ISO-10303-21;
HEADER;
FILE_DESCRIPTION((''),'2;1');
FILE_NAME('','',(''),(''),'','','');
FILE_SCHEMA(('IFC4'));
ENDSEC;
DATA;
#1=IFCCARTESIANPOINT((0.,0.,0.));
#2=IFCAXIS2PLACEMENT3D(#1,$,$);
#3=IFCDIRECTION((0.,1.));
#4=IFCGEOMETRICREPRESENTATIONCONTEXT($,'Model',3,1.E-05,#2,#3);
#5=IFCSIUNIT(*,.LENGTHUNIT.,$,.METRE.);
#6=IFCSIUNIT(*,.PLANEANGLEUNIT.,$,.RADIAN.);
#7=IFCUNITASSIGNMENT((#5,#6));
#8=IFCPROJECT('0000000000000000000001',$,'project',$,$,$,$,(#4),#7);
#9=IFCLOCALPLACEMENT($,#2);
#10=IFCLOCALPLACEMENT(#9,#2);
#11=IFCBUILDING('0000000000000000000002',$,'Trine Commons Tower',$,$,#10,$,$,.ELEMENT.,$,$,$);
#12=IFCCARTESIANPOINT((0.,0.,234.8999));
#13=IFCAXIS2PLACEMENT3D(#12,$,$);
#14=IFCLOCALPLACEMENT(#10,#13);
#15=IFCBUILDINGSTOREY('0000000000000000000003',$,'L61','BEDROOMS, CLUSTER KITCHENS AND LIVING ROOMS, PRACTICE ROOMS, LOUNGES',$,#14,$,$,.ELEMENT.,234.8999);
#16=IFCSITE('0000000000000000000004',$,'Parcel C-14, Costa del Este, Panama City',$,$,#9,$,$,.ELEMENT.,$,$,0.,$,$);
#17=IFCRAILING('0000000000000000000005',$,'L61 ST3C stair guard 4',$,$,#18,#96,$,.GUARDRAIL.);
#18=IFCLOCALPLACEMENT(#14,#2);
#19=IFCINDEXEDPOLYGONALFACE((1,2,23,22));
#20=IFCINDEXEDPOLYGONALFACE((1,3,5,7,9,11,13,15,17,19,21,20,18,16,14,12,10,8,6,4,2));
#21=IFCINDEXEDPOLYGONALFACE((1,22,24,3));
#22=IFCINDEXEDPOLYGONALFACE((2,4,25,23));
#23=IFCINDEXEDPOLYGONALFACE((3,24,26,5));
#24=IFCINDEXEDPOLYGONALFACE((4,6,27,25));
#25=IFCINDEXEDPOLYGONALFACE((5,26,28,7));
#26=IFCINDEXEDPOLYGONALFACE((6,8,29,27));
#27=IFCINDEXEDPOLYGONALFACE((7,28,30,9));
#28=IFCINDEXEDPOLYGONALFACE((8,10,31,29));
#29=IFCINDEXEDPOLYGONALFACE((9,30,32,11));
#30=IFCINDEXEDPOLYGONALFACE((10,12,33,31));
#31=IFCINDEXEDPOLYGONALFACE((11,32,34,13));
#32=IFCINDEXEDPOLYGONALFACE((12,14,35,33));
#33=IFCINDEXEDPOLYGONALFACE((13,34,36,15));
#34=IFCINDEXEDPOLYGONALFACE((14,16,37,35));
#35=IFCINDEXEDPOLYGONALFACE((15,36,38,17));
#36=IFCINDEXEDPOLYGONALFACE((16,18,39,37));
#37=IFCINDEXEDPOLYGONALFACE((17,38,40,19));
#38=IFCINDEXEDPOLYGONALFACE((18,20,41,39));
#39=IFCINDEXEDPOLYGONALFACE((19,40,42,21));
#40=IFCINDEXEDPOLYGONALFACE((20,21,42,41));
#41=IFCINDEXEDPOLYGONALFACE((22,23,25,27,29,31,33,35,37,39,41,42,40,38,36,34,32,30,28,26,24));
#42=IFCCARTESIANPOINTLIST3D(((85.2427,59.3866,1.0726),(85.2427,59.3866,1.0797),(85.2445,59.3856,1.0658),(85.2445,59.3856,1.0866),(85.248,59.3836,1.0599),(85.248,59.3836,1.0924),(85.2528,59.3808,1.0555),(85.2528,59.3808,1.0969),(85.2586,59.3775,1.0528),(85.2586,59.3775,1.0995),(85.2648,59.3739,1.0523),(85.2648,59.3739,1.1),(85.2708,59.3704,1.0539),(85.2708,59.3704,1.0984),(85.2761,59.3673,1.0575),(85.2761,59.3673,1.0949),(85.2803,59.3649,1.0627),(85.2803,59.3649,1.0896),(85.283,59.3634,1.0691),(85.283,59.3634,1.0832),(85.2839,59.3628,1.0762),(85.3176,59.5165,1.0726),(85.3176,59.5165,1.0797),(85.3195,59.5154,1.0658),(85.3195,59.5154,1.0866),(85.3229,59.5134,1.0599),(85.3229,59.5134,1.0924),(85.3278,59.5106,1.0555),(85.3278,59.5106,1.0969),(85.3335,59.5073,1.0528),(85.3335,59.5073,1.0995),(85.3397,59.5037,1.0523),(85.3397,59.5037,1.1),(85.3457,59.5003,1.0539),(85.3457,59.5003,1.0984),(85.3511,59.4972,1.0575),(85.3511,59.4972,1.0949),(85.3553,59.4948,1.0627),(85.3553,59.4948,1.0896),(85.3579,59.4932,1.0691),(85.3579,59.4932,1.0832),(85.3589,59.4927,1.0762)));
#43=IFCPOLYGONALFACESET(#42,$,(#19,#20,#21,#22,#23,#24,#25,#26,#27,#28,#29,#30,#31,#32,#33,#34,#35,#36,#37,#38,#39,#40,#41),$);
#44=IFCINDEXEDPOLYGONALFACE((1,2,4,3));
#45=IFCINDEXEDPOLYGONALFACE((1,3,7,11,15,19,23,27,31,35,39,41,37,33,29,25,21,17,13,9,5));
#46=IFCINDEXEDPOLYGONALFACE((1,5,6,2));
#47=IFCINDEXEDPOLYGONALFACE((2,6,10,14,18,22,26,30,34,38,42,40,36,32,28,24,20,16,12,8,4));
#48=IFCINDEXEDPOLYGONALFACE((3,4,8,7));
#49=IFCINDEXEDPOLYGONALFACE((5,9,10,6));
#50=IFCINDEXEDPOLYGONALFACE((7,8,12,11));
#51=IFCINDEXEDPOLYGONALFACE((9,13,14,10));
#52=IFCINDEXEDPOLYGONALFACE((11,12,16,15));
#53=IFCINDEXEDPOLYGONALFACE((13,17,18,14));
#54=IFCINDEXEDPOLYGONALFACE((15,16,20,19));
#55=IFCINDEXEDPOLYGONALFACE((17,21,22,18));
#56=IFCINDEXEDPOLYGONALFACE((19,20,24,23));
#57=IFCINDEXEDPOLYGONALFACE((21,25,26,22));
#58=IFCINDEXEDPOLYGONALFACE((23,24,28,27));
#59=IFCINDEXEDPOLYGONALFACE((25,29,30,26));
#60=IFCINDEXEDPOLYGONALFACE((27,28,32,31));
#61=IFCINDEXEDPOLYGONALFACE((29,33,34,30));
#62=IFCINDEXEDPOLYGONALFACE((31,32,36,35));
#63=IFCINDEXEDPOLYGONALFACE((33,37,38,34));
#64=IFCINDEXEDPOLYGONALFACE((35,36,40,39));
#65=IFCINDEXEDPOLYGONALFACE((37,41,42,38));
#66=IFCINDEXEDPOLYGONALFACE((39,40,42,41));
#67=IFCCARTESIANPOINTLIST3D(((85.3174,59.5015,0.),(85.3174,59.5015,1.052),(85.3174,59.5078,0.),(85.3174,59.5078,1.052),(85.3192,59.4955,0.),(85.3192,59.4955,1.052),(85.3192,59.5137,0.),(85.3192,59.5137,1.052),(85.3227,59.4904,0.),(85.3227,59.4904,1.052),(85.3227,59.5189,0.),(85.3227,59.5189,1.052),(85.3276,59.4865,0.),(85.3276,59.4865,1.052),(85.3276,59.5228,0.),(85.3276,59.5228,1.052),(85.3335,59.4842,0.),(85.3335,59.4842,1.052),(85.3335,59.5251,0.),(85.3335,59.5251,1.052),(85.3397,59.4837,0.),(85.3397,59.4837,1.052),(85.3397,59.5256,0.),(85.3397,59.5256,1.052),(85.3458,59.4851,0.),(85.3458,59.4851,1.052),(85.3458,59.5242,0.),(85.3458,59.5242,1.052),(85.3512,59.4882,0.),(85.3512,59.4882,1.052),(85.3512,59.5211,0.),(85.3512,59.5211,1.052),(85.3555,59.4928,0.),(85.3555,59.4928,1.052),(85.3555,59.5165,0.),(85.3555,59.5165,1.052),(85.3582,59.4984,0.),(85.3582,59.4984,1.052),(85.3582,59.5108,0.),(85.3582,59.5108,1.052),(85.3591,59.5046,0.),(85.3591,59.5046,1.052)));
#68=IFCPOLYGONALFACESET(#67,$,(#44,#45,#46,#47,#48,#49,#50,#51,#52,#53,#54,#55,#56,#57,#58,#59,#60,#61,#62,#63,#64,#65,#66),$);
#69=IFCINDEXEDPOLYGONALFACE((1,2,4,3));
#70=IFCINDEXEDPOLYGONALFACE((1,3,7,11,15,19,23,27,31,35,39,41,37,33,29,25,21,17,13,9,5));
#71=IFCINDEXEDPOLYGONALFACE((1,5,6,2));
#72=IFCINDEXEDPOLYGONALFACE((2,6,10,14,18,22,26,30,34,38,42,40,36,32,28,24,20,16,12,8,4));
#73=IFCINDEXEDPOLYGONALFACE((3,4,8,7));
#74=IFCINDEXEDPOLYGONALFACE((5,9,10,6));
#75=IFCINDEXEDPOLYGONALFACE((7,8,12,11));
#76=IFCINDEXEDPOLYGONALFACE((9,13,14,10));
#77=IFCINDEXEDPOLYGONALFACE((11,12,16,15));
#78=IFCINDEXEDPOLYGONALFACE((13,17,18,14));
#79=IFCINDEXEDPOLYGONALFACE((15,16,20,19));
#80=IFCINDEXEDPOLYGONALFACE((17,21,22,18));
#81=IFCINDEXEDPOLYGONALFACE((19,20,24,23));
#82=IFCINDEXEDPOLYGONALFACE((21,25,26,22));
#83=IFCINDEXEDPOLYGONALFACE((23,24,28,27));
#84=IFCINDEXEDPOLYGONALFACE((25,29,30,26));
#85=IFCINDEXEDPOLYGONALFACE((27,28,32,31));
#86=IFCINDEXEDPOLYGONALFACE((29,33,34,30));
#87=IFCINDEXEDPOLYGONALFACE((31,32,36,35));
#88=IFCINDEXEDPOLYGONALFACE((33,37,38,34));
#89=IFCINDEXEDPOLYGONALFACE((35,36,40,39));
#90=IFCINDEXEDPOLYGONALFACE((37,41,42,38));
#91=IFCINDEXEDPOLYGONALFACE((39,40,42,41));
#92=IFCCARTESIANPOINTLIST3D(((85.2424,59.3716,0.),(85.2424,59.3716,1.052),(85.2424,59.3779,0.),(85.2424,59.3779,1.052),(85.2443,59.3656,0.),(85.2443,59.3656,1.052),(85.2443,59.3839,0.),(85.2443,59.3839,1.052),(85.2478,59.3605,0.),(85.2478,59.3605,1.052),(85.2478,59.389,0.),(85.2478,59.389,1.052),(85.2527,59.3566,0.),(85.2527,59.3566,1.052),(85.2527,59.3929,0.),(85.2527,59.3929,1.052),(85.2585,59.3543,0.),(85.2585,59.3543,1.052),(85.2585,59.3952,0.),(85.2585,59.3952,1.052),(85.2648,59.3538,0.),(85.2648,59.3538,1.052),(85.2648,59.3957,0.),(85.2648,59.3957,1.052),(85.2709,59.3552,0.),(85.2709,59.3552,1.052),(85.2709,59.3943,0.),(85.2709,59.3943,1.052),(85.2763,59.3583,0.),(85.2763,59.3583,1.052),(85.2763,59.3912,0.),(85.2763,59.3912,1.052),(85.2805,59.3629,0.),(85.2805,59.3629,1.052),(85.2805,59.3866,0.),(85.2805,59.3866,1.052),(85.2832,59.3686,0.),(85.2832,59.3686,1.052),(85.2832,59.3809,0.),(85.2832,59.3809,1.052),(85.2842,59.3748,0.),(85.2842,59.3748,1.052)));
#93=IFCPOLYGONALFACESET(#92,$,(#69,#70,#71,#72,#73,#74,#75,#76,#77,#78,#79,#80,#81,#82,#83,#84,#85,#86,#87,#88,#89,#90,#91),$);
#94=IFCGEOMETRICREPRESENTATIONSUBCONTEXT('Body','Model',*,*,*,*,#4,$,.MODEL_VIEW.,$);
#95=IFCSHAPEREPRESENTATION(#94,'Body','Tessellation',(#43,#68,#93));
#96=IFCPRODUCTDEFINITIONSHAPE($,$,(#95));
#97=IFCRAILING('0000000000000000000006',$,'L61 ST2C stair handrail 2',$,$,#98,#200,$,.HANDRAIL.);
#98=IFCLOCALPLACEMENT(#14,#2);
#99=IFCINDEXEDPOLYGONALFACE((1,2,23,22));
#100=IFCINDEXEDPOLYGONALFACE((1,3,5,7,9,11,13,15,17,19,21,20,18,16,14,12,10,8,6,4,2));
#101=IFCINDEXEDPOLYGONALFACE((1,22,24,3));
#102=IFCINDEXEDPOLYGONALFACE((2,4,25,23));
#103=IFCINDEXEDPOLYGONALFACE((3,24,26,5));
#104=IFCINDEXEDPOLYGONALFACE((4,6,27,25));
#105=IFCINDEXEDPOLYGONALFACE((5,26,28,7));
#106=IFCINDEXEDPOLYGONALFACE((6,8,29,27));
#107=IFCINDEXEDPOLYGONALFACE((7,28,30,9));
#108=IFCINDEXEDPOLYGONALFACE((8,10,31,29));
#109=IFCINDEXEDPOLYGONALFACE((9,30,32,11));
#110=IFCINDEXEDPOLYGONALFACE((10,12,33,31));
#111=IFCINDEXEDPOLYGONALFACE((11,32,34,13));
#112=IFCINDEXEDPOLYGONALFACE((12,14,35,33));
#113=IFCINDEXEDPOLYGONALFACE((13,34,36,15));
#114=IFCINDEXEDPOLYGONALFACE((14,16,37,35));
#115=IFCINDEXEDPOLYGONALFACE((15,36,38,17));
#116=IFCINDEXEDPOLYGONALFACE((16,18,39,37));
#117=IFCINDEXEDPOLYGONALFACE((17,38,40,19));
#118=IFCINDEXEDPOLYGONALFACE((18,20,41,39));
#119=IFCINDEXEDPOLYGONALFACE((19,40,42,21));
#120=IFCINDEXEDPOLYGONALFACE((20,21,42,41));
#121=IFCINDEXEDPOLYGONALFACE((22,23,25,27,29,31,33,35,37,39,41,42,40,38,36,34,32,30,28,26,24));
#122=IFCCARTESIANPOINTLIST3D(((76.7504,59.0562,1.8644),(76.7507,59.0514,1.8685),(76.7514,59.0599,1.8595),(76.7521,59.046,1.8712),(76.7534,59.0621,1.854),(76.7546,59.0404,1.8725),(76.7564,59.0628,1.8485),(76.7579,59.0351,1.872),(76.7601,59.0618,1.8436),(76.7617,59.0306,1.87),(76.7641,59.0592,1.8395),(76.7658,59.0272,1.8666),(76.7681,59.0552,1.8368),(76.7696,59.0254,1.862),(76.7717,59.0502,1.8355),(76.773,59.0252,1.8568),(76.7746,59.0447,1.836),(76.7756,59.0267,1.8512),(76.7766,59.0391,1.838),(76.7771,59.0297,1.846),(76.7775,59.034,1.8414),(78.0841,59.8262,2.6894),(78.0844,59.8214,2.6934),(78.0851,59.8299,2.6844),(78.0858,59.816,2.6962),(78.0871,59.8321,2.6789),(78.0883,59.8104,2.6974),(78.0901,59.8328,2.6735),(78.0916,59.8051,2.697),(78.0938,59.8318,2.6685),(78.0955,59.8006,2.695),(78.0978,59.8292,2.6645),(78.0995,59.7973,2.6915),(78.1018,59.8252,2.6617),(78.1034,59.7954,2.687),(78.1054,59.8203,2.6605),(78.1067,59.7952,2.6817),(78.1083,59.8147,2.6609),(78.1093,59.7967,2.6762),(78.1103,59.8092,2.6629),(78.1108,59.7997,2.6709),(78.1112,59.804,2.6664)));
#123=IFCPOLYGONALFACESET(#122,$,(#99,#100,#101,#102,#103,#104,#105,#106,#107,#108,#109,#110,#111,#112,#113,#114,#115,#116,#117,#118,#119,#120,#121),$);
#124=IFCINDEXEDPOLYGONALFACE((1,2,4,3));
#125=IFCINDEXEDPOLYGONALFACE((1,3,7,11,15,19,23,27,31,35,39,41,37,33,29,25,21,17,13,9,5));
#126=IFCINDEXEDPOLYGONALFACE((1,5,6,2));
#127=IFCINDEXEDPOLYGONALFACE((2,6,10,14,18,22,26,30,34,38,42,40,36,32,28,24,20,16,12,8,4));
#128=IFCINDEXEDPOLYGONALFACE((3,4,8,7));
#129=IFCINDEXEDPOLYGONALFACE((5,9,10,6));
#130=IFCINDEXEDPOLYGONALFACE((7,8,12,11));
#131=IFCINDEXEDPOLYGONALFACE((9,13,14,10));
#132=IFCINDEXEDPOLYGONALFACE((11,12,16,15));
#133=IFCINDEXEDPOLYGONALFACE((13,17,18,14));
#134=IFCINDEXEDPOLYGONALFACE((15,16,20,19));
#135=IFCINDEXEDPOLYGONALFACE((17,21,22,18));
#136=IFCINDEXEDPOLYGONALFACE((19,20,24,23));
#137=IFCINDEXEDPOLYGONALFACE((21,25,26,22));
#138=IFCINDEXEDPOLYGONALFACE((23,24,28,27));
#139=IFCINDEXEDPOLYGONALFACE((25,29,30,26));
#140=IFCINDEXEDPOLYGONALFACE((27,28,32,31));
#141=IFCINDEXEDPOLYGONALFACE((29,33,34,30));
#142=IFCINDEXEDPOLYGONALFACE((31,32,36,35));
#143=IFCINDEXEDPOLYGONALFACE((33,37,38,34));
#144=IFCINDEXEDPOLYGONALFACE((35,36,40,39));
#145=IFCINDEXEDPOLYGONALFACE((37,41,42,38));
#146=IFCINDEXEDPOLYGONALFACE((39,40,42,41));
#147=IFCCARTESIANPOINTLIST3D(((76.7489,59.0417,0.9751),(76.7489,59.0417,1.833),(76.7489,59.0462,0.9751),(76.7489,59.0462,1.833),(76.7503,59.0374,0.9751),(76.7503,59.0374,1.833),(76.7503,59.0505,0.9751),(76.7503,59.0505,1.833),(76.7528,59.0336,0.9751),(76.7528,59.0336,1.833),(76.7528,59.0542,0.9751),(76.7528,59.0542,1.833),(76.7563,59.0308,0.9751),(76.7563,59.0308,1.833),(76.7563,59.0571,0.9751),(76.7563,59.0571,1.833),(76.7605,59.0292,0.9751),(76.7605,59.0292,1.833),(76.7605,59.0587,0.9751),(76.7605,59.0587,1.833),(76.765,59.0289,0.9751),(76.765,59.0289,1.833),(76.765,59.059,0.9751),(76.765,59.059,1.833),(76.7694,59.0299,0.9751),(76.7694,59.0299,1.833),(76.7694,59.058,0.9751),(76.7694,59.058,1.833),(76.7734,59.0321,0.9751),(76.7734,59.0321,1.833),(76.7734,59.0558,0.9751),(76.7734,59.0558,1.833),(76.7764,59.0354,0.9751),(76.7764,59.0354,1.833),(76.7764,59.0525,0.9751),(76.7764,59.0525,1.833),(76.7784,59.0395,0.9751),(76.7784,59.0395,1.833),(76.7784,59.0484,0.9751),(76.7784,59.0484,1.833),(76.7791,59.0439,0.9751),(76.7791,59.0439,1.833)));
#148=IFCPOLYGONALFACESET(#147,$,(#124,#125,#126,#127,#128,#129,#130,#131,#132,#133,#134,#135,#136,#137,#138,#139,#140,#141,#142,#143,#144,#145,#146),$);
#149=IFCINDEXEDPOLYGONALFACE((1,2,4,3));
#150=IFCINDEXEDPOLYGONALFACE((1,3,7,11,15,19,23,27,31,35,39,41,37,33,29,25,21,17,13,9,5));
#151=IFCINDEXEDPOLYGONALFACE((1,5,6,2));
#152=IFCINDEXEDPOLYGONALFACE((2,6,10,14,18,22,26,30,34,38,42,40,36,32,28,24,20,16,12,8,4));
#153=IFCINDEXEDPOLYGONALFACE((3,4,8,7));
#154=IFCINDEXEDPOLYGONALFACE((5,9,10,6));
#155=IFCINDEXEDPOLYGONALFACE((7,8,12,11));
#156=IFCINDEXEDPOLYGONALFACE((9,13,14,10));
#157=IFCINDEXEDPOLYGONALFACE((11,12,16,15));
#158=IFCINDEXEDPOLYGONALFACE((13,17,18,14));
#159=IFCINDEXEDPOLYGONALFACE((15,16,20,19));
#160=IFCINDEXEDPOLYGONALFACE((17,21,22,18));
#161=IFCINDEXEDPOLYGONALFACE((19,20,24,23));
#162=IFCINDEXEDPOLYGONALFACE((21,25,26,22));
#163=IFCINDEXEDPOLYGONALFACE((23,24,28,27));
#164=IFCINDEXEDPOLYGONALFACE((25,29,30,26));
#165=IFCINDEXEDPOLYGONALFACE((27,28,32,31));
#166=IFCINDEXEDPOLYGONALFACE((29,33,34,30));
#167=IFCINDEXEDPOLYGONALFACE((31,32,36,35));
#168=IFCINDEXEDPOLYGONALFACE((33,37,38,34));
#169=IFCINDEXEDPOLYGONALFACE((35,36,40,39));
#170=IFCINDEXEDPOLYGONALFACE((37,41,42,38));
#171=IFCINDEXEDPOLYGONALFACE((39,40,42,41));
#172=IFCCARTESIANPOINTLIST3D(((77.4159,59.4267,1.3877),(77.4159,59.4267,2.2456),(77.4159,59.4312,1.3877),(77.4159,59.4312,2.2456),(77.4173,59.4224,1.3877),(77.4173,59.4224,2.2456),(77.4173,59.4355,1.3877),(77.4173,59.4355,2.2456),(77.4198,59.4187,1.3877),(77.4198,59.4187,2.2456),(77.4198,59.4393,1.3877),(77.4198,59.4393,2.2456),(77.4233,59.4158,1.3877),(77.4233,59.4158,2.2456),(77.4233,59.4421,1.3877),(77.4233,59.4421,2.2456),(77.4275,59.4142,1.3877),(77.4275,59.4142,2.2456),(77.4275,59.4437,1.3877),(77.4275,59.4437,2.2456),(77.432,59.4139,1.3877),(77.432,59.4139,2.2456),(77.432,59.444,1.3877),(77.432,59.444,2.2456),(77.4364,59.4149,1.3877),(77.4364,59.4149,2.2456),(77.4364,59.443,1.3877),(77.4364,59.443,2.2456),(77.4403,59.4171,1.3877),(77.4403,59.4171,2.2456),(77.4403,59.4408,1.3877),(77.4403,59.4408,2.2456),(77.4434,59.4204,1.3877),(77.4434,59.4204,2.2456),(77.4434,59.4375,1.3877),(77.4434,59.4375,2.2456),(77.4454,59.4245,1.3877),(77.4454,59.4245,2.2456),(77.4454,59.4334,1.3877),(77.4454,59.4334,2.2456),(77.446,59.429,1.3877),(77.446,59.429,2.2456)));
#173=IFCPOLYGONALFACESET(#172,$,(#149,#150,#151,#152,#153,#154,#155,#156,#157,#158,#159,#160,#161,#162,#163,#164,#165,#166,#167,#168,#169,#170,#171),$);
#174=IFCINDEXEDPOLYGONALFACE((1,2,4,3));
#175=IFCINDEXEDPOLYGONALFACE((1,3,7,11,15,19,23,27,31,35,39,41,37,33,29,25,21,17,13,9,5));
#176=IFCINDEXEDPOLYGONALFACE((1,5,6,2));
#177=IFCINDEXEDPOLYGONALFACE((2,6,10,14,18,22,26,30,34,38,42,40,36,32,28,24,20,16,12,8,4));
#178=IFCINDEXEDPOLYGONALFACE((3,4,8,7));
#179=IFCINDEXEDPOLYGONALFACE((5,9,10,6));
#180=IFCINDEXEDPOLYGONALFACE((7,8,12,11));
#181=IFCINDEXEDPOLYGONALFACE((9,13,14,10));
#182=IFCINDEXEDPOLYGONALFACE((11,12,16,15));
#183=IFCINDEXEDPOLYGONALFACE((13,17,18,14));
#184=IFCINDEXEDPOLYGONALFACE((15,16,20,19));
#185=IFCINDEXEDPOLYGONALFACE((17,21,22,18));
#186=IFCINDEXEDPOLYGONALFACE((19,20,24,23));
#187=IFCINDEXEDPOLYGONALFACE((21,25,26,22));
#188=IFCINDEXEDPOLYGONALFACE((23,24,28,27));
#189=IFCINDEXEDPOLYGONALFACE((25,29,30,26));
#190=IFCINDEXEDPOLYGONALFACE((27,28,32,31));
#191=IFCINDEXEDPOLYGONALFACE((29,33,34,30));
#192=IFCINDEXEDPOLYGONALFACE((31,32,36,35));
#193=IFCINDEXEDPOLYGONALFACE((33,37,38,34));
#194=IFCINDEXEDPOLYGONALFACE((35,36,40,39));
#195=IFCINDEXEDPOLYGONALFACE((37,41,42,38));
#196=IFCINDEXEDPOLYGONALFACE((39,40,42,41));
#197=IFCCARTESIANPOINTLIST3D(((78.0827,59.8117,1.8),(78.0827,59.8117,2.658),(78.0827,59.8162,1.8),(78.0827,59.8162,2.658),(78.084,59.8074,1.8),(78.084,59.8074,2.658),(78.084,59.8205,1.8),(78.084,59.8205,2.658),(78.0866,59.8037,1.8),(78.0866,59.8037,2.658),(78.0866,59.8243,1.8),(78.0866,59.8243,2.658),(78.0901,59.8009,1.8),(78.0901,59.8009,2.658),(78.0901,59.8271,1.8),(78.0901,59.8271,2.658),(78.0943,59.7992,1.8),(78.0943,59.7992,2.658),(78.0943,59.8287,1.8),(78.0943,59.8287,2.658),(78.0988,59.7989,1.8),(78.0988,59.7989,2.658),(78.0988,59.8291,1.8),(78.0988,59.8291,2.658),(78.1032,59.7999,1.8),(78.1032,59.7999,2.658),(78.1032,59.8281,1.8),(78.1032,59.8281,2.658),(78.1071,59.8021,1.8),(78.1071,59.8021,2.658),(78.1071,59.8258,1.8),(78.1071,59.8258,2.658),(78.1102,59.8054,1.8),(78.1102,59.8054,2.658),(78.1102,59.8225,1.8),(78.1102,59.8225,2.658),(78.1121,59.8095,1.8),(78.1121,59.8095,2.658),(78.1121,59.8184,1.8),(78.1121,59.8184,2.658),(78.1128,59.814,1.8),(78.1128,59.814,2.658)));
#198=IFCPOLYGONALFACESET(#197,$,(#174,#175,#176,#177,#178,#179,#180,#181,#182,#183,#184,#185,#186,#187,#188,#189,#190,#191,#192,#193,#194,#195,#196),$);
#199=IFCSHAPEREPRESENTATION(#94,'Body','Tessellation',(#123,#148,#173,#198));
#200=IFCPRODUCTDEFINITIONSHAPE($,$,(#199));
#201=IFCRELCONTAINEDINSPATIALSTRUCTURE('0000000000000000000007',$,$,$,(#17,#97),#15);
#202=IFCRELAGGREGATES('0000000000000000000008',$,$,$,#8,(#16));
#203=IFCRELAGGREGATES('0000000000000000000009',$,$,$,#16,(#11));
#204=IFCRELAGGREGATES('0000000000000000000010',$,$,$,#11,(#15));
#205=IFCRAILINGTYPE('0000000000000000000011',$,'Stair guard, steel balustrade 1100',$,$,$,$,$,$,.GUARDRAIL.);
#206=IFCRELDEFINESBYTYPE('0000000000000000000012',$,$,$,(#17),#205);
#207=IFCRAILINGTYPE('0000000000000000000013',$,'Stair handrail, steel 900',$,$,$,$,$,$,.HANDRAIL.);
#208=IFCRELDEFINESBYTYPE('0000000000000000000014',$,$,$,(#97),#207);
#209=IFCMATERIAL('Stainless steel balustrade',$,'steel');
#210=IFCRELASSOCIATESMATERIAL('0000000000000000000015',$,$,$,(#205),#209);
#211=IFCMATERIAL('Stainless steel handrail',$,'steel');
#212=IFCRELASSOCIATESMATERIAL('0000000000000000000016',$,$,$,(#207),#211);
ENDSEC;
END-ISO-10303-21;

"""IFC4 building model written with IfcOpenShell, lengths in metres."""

from ifc_helpers import new_model, si_unit, direction, frame, origin, origin_2d, place, context, subcontext, project, spatial, circle, extrude, material, type_object, element, save


model = new_model("IFC4")

# Units and contexts
model_context = context("Model", 3, precision=1e-05, world=origin(), true_north=direction((0.0, 1.0)))
body_context = subcontext(model_context, "Body", "Model", "MODEL_VIEW")
ifc_project = project(units=[si_unit("LENGTHUNIT", "METRE"), si_unit("PLANEANGLEUNIT", "RADIAN")], contexts=[model_context])

# Site, building, storey
site_placement = place(None, origin())
site = spatial("IfcSite", under=ifc_project, at=site_placement, Name="Parcel C-14, Costa del Este, Panama City", CompositionType="ELEMENT", RefElevation=0.0)
building_placement = place(site_placement, origin())
building = spatial("IfcBuilding", under=site, at=building_placement, Name="Trine Commons Tower", CompositionType="ELEMENT")
storey_placement = place(building_placement, frame((0.0, 0.0, 234.8999)))
storey = spatial("IfcBuildingStorey", under=building, at=storey_placement, Name="L61", Description="BEDROOMS, CLUSTER KITCHENS AND LIVING ROOMS, PRACTICE ROOMS, LOUNGES", CompositionType="ELEMENT", Elevation=234.8999)

# Railings
ifc_material_1 = material(Name="Stainless steel balustrade", Category="steel")
railing_type_1 = type_object("IfcRailingType", Name="Stair guard, steel balustrade 1100", PredefinedType="GUARDRAIL", material=ifc_material_1)
railing_1_placement = place(storey_placement, frame((85.3381, 59.5046, 0.0)))
element("IfcRailing", 1, at=railing_1_placement, inside=storey, type_object=railing_type_1, Name="L61 ST3C stair guard 4", PredefinedType="GUARDRAIL", context=body_context, shape_type="SweptSolid", body=[
    extrude(circle(Radius=0.0239, at=origin_2d()), frame((0.0, 0.0, 1.0762), z_axis=(-0.499816, -0.866131, 0.0), x_axis=(0.866131, -0.499816, 0.0)), (0.0, 0.0, 1.0), 0.1499),
    extrude(circle(Radius=0.021, at=origin_2d()), origin(), (0.0, 0.0, 1.0), 1.052),
    extrude(circle(Radius=0.021, at=origin_2d()), frame((-0.075, -0.1299, 0.0)), (0.0, 0.0, 1.0), 1.052),
])
ifc_material_2 = material(Name="Stainless steel handrail", Category="steel")
railing_type_2 = type_object("IfcRailingType", Name="Stair handrail, steel 900", PredefinedType="HANDRAIL", material=ifc_material_2)
railing_2_placement = place(storey_placement, frame((76.7639, 59.0439, 0.9751)))
element("IfcRailing", 2, at=railing_2_placement, inside=storey, type_object=railing_type_2, Name="L61 ST2C stair handrail 2", PredefinedType="HANDRAIL", context=body_context, shape_type="SweptSolid", body=[
    extrude(circle(Radius=0.021, at=origin_2d()), frame((0.0, 0.0, 0.8789), z_axis=(0.763405, 0.440743, 0.472185), x_axis=(-0.499992, 0.86603, 0.0)), (0.0, 0.0, 1.0), 1.7471),
    extrude(circle(Radius=0.0151, at=origin_2d()), origin(), (0.0, 0.0, 1.0), 0.8579),
    extrude(circle(Radius=0.0151, at=origin_2d()), frame((0.667, 0.385, 0.4126)), (0.0, 0.0, 1.0), 0.8579),
    extrude(circle(Radius=0.0151, at=origin_2d()), frame((1.3337, 0.77, 0.825)), (0.0, 0.0, 1.0), 0.8579),
])

save(model, "model.ifc")
